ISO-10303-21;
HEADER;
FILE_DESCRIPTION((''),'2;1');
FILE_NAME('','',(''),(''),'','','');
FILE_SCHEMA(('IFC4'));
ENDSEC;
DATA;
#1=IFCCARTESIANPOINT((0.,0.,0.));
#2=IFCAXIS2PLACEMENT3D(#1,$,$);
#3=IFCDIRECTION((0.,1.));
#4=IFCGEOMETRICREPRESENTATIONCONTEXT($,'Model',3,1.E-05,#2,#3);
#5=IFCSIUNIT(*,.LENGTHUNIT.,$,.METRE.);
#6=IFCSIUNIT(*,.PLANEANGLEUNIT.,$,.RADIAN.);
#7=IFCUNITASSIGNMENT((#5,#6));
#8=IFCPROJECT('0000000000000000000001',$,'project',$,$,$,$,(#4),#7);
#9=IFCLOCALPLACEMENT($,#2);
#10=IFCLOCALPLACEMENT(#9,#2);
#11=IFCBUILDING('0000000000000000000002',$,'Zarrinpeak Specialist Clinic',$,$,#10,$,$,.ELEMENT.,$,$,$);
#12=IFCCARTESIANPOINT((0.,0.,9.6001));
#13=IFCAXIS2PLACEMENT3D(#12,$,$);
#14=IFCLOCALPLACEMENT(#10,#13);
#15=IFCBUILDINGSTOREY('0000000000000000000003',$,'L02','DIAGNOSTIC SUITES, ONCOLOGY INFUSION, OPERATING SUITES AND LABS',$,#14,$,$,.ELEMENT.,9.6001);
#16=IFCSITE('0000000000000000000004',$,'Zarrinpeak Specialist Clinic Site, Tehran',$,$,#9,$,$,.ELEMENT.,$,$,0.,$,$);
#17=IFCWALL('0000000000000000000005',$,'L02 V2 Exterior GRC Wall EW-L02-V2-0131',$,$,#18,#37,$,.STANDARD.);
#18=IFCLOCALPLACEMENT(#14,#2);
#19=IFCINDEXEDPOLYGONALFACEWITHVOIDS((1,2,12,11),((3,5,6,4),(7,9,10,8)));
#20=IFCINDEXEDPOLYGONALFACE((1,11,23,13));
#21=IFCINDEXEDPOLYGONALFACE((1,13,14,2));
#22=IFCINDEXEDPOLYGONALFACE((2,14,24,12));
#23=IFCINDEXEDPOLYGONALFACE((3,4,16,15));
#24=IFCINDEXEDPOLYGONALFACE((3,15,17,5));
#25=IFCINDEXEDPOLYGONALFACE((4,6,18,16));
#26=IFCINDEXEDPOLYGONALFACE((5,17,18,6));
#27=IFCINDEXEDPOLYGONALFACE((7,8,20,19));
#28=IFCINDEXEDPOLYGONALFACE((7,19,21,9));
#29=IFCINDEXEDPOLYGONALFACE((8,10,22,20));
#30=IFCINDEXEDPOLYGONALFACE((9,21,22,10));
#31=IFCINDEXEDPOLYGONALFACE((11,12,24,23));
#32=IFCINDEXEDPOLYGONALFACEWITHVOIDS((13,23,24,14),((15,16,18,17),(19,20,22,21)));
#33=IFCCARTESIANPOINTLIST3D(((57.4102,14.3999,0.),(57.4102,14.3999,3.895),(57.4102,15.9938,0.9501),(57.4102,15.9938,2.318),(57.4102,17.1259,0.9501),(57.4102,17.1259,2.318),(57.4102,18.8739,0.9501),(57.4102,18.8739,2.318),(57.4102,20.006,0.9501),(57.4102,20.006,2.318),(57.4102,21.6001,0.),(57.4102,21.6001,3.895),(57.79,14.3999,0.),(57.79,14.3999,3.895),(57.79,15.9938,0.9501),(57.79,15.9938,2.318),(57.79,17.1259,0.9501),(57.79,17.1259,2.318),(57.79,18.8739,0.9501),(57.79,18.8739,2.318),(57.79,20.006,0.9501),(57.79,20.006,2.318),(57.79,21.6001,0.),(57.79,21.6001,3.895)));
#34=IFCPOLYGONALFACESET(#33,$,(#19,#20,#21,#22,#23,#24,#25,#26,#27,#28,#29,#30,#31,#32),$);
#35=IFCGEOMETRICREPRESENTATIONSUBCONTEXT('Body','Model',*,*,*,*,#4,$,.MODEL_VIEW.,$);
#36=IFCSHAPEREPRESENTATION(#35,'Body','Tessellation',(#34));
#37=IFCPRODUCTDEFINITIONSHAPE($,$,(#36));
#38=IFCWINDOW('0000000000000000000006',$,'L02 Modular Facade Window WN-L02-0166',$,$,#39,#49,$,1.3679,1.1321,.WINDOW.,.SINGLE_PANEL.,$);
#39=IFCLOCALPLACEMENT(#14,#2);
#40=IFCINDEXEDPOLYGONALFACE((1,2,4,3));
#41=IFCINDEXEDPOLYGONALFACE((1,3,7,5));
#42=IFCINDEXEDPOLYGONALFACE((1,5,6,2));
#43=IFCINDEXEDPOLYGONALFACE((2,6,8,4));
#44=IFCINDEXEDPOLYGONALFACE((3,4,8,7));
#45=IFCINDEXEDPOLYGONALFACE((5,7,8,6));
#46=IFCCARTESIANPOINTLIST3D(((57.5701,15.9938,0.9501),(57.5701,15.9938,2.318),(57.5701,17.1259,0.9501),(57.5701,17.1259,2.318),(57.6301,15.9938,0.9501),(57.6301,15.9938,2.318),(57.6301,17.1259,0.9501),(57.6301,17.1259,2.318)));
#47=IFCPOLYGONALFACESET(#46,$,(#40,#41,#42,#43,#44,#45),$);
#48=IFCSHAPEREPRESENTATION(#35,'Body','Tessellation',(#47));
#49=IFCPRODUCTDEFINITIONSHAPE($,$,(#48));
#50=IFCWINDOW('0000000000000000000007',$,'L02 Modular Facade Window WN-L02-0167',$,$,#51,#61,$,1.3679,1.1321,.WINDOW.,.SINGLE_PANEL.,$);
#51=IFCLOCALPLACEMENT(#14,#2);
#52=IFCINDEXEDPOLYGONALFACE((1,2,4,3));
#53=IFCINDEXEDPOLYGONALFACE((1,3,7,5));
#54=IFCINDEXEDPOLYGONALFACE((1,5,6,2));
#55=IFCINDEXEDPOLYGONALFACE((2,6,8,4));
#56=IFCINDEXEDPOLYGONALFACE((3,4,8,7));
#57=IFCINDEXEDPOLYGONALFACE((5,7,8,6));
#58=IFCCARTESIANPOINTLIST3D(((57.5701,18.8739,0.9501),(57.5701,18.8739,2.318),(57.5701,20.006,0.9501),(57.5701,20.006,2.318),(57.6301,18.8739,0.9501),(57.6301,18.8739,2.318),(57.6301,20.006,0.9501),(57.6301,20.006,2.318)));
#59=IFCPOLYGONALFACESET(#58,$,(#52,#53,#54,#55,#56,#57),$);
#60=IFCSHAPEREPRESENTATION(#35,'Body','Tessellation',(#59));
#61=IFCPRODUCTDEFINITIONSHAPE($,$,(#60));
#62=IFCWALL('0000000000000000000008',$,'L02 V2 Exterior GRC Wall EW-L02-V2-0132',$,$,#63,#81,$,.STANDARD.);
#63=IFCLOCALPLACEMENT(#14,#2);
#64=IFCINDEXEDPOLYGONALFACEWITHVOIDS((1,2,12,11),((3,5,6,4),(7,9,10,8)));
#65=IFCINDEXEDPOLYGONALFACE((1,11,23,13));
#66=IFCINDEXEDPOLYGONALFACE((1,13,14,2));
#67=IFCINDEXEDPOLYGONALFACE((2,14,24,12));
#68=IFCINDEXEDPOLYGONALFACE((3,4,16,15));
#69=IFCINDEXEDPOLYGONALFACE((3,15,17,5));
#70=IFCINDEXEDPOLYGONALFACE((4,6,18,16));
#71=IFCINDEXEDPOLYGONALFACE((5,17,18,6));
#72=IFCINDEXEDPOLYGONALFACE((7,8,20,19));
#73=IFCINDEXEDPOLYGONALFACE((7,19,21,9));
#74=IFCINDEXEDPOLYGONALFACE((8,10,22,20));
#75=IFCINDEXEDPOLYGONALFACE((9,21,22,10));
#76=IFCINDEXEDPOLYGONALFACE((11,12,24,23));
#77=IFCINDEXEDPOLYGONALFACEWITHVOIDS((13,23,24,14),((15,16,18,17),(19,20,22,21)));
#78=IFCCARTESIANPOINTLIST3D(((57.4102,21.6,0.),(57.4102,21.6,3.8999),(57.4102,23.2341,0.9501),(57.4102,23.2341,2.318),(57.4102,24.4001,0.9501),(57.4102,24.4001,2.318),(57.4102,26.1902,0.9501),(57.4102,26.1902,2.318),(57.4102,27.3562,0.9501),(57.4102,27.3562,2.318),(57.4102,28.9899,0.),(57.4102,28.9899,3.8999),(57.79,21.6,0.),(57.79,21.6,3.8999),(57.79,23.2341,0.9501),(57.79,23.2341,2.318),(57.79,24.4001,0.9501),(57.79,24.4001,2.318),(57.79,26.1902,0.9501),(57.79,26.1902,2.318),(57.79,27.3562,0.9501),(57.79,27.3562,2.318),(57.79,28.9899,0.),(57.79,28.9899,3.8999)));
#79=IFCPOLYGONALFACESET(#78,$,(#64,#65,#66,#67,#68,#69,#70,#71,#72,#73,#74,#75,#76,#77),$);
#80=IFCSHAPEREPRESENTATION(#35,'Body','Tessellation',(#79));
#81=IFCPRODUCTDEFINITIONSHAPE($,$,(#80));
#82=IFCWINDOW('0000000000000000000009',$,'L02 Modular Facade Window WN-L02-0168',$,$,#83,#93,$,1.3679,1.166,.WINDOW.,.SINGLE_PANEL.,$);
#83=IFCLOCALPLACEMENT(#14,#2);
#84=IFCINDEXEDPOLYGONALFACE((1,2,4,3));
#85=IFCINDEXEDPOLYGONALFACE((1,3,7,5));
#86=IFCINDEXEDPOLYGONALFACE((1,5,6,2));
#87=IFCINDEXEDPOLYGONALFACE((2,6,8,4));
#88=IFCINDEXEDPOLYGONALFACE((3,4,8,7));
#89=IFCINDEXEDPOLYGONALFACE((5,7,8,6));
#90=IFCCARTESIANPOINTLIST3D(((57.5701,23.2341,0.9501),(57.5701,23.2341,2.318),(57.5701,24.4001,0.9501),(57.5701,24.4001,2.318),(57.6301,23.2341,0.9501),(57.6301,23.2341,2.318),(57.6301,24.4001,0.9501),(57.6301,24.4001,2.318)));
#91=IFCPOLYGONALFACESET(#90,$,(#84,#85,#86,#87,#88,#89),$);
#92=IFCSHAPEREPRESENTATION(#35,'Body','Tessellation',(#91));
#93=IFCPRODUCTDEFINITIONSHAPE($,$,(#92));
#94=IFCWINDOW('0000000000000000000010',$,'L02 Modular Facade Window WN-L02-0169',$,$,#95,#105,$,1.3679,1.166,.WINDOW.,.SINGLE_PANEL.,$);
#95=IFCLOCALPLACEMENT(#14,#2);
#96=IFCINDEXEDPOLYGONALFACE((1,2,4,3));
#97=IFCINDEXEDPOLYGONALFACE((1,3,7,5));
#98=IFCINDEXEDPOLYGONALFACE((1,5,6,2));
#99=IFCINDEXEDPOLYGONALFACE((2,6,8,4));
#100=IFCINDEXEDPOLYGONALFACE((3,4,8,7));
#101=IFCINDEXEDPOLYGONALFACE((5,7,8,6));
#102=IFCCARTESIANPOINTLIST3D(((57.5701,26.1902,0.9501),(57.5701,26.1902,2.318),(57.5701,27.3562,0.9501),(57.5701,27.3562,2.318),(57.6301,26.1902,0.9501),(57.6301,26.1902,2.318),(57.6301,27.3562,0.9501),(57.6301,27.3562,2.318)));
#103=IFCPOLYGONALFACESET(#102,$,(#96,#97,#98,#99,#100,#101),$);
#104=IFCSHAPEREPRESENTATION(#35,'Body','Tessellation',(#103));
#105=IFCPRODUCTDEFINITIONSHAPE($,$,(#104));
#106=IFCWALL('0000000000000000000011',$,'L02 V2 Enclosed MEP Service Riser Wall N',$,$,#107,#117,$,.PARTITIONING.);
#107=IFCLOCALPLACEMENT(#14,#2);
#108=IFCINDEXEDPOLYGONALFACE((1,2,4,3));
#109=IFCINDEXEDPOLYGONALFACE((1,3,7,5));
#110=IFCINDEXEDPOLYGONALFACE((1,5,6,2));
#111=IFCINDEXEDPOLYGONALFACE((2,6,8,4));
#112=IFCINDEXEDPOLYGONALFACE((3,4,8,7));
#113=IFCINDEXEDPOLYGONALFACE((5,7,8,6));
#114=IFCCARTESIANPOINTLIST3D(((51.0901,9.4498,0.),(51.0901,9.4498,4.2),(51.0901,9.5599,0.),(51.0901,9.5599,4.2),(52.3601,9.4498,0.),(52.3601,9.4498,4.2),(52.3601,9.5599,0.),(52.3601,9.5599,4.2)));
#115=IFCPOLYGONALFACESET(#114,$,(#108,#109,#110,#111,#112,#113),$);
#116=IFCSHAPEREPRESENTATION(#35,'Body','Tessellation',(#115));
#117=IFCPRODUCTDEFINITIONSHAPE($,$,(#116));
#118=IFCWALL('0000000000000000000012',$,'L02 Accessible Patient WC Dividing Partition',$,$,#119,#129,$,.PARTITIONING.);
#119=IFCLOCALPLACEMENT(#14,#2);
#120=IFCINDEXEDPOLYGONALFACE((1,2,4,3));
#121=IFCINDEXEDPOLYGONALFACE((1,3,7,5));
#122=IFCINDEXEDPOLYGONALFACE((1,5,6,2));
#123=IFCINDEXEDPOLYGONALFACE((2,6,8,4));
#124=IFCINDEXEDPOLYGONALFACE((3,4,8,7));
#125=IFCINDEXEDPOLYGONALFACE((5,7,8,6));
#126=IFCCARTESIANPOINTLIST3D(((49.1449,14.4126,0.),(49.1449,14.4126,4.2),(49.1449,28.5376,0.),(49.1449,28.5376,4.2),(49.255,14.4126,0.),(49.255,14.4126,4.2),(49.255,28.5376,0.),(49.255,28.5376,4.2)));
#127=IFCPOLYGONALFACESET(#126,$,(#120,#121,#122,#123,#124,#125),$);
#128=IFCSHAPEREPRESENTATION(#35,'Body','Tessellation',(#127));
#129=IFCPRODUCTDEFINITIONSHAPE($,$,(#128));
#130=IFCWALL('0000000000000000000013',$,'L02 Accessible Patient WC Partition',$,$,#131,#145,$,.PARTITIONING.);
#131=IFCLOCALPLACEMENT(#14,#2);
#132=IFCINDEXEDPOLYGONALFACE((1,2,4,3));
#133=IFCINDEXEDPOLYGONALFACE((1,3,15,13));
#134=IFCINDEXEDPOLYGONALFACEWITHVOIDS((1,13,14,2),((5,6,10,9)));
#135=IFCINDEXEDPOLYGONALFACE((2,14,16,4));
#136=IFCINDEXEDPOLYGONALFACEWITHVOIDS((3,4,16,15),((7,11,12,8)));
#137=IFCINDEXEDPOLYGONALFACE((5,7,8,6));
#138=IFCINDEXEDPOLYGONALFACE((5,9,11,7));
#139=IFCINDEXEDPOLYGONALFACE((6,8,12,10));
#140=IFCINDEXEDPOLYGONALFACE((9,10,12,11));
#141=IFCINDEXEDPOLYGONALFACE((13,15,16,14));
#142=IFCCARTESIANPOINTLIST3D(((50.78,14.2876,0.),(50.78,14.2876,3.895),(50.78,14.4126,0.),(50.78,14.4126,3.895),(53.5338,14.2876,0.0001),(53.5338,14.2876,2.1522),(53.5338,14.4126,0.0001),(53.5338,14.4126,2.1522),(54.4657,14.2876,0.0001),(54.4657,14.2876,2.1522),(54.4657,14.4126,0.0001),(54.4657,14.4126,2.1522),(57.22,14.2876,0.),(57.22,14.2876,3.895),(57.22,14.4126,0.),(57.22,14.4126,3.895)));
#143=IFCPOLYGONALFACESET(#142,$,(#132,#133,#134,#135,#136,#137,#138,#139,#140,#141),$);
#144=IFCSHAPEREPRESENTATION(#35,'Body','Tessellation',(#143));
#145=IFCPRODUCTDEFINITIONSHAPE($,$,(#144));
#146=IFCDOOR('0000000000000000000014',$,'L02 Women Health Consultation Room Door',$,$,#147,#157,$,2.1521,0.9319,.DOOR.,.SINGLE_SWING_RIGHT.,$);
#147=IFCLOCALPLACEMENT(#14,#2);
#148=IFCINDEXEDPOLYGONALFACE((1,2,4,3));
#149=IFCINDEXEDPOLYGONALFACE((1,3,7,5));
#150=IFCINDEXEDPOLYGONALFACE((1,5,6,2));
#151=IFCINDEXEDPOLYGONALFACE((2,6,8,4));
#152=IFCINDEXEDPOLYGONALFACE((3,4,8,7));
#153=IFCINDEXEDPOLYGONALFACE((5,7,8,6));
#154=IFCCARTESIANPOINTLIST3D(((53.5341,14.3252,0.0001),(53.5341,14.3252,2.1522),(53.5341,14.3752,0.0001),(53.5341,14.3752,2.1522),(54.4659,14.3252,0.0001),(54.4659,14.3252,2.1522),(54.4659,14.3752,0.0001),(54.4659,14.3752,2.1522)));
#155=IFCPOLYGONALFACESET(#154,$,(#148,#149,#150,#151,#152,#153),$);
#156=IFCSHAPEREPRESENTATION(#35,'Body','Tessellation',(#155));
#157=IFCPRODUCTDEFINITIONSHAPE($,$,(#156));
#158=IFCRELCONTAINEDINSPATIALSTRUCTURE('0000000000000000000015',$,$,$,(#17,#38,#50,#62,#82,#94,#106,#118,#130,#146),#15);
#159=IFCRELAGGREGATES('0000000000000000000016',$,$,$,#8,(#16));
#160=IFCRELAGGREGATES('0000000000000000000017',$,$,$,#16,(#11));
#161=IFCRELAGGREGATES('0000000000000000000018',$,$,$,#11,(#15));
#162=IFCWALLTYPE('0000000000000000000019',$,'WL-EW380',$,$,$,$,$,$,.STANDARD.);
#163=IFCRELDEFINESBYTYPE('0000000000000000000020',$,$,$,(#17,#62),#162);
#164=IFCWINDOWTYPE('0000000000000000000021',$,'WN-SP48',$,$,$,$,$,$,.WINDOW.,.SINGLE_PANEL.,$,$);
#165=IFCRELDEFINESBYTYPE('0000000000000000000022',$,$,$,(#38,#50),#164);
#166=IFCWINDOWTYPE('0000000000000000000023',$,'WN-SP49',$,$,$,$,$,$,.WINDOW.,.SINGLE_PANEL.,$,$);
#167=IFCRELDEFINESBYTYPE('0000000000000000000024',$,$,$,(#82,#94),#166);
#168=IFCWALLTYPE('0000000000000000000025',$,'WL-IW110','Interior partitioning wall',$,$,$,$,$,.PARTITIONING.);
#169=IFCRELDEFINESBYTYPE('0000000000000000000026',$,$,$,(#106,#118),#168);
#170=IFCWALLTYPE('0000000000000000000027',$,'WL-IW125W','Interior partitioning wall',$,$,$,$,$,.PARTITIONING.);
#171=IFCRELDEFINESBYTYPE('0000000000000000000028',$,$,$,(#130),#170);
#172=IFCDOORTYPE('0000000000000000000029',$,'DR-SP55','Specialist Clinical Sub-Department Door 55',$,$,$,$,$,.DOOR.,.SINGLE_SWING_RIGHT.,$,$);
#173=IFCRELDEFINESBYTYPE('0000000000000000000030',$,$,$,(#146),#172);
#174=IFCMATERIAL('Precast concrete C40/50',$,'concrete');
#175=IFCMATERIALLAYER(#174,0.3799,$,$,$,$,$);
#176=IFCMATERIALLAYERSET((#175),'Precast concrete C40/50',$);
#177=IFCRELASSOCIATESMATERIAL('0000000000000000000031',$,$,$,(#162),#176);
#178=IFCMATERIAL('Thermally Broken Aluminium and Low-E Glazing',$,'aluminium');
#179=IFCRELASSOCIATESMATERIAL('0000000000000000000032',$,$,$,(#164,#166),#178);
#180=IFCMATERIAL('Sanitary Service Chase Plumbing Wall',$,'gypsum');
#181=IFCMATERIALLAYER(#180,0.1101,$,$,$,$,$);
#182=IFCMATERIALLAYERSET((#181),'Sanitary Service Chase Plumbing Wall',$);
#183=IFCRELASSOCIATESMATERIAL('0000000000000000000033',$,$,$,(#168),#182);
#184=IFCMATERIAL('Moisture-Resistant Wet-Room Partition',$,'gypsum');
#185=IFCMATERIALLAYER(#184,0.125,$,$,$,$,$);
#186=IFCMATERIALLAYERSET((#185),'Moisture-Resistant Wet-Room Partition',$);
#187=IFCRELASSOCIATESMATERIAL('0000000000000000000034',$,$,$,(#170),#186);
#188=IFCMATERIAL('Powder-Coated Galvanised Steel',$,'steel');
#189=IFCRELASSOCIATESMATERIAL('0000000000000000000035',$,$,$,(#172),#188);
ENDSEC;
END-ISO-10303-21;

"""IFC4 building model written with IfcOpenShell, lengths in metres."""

from ifc_helpers import new_model, si_unit, direction, frame, frame_2d, origin, place, context, subcontext, project, spatial, rectangle, extrude, material, layer, layer_set, type_object, element, fill, save


model = new_model("IFC4")

# Units and contexts
model_context = context("Model", 3, precision=1e-05, world=origin(), true_north=direction((0.0, 1.0)))
body_context = subcontext(model_context, "Body", "Model", "MODEL_VIEW")
ifc_project = project(units=[si_unit("LENGTHUNIT", "METRE"), si_unit("PLANEANGLEUNIT", "RADIAN")], contexts=[model_context])

# Site, building, storey
site_placement = place(None, origin())
site = spatial("IfcSite", under=ifc_project, at=site_placement, Name="Zarrinpeak Specialist Clinic Site, Tehran", CompositionType="ELEMENT", RefElevation=0.0)
building_placement = place(site_placement, origin())
building = spatial("IfcBuilding", under=site, at=building_placement, Name="Zarrinpeak Specialist Clinic", CompositionType="ELEMENT")
storey_placement = place(building_placement, frame((0.0, 0.0, 9.6001)))
storey = spatial("IfcBuildingStorey", under=building, at=storey_placement, Name="L02", Description="DIAGNOSTIC SUITES, ONCOLOGY INFUSION, OPERATING SUITES AND LABS", CompositionType="ELEMENT", Elevation=9.6001)

# Walls, openings, windows
ifc_material_1 = material(Name="Precast concrete C40/50", Category="concrete")
ifc_layer_1 = layer(ifc_material_1, 0.3799)
ifc_layer_set_1 = layer_set([ifc_layer_1], Name="Precast concrete C40/50")
wall_type_1 = type_object("IfcWallType", Name="WL-EW380", PredefinedType="STANDARD", material=ifc_layer_set_1)
wall_1_placement = place(storey_placement, frame((57.6001, 14.3999, 0.0), z_axis=(0.0, 0.0, 1.0), x_axis=(0.0, 1.0, 0.0)))
wall_1 = element("IfcWall", 1, at=wall_1_placement, inside=storey, type_object=wall_type_1, Name="L02 V2 Exterior GRC Wall EW-L02-V2-0131", PredefinedType="STANDARD", context=body_context, shape_type="SweptSolid", body=[
    extrude(rectangle(XDim=7.2002, YDim=0.3799, at=frame_2d((3.6001, 0.0))), origin(), (0.0, 0.0, 1.0), 3.895),
])
opening_1_placement = place(wall_1_placement, frame((1.594, 0.0, 0.95)))
opening_1 = element("IfcOpeningElement", 2, at=opening_1_placement, cuts=wall_1, PredefinedType="OPENING", context=body_context, shape_type="SweptSolid", body=[
    extrude(rectangle(XDim=1.1321, YDim=1.3679, at=frame_2d((0.5659, 0.6841))), frame((0.0, 0.2, 0.0), z_axis=(0.0, -1.0, 0.0), x_axis=(1.0, 0.0, 0.0)), (0.0, 0.0, 1.0), 0.3999),
])
opening_2_placement = place(wall_1_placement, frame((4.4741, 0.0, 0.95)))
opening_2 = element("IfcOpeningElement", 3, at=opening_2_placement, cuts=wall_1, PredefinedType="OPENING", context=body_context, shape_type="SweptSolid", body=[
    extrude(rectangle(XDim=1.1321, YDim=1.3679, at=frame_2d((0.5659, 0.6841))), frame((0.0, 0.2, 0.0), z_axis=(0.0, -1.0, 0.0), x_axis=(1.0, 0.0, 0.0)), (0.0, 0.0, 1.0), 0.3999),
])
ifc_material_2 = material(Name="Thermally Broken Aluminium and Low-E Glazing", Category="aluminium")
window_type_1 = type_object("IfcWindowType", Name="WN-SP48", PartitioningType="SINGLE_PANEL", PredefinedType="WINDOW", material=ifc_material_2)
window_1_placement = place(opening_1_placement, origin())
window_1 = element("IfcWindow", 4, at=window_1_placement, inside=storey, type_object=window_type_1, Name="L02 Modular Facade Window WN-L02-0166", OverallHeight=1.3679, OverallWidth=1.1321, PartitioningType="SINGLE_PANEL", PredefinedType="WINDOW", context=body_context, shape_type="SweptSolid", body=[
    extrude(rectangle(XDim=1.1321, YDim=1.3679, at=frame_2d((0.5659, 0.6841))), frame((0.0, 0.03, 0.0), z_axis=(0.0, -1.0, 0.0), x_axis=(1.0, 0.0, 0.0)), (0.0, 0.0, 1.0), 0.0601),
])
fill(opening_1, window_1)
window_2_placement = place(opening_2_placement, origin())
window_2 = element("IfcWindow", 5, at=window_2_placement, inside=storey, type_object=window_type_1, Name="L02 Modular Facade Window WN-L02-0167", OverallHeight=1.3679, OverallWidth=1.1321, PartitioningType="SINGLE_PANEL", PredefinedType="WINDOW", context=body_context, shape_type="SweptSolid", body=[
    extrude(rectangle(XDim=1.1321, YDim=1.3679, at=frame_2d((0.5659, 0.6841))), frame((0.0, 0.03, 0.0), z_axis=(0.0, -1.0, 0.0), x_axis=(1.0, 0.0, 0.0)), (0.0, 0.0, 1.0), 0.0601),
])
fill(opening_2, window_2)
wall_2_placement = place(storey_placement, frame((57.6001, 21.6001, 0.0), z_axis=(0.0, 0.0, 1.0), x_axis=(0.0, 1.0, 0.0)))
wall_2 = element("IfcWall", 6, at=wall_2_placement, inside=storey, type_object=wall_type_1, Name="L02 V2 Exterior GRC Wall EW-L02-V2-0132", PredefinedType="STANDARD", context=body_context, shape_type="SweptSolid", body=[
    extrude(rectangle(XDim=7.3899, YDim=0.3799, at=frame_2d((3.6948, 0.0))), origin(), (0.0, 0.0, 1.0), 3.8999),
])
opening_3_placement = place(wall_2_placement, frame((1.634, 0.0, 0.95)))
opening_3 = element("IfcOpeningElement", 7, at=opening_3_placement, cuts=wall_2, PredefinedType="OPENING", context=body_context, shape_type="SweptSolid", body=[
    extrude(rectangle(XDim=1.166, YDim=1.3679, at=frame_2d((0.583, 0.6841))), frame((0.0, 0.2, 0.0), z_axis=(0.0, -1.0, 0.0), x_axis=(1.0, 0.0, 0.0)), (0.0, 0.0, 1.0), 0.3999),
])
opening_4_placement = place(wall_2_placement, frame((4.5901, 0.0, 0.95)))
opening_4 = element("IfcOpeningElement", 8, at=opening_4_placement, cuts=wall_2, PredefinedType="OPENING", context=body_context, shape_type="SweptSolid", body=[
    extrude(rectangle(XDim=1.166, YDim=1.3679, at=frame_2d((0.583, 0.6841))), frame((0.0, 0.2, 0.0), z_axis=(0.0, -1.0, 0.0), x_axis=(1.0, 0.0, 0.0)), (0.0, 0.0, 1.0), 0.3999),
])
window_type_2 = type_object("IfcWindowType", Name="WN-SP49", PartitioningType="SINGLE_PANEL", PredefinedType="WINDOW", material=ifc_material_2)
window_3_placement = place(opening_3_placement, origin())
window_3 = element("IfcWindow", 9, at=window_3_placement, inside=storey, type_object=window_type_2, Name="L02 Modular Facade Window WN-L02-0168", OverallHeight=1.3679, OverallWidth=1.166, PartitioningType="SINGLE_PANEL", PredefinedType="WINDOW", context=body_context, shape_type="SweptSolid", body=[
    extrude(rectangle(XDim=1.166, YDim=1.3679, at=frame_2d((0.583, 0.6841))), frame((0.0, 0.03, 0.0), z_axis=(0.0, -1.0, 0.0), x_axis=(1.0, 0.0, 0.0)), (0.0, 0.0, 1.0), 0.0601),
])
fill(opening_3, window_3)
window_4_placement = place(opening_4_placement, origin())
window_4 = element("IfcWindow", 10, at=window_4_placement, inside=storey, type_object=window_type_2, Name="L02 Modular Facade Window WN-L02-0169", OverallHeight=1.3679, OverallWidth=1.166, PartitioningType="SINGLE_PANEL", PredefinedType="WINDOW", context=body_context, shape_type="SweptSolid", body=[
    extrude(rectangle(XDim=1.166, YDim=1.3679, at=frame_2d((0.583, 0.6841))), frame((0.0, 0.03, 0.0), z_axis=(0.0, -1.0, 0.0), x_axis=(1.0, 0.0, 0.0)), (0.0, 0.0, 1.0), 0.0601),
])
fill(opening_4, window_4)

# Walls
ifc_material_3 = material(Name="Sanitary Service Chase Plumbing Wall", Category="gypsum")
ifc_layer_2 = layer(ifc_material_3, 0.1101)
ifc_layer_set_2 = layer_set([ifc_layer_2], Name="Sanitary Service Chase Plumbing Wall")
wall_type_2 = type_object("IfcWallType", Name="WL-IW110", Description="Interior partitioning wall", PredefinedType="PARTITIONING", material=ifc_layer_set_2)
wall_3_placement = place(storey_placement, frame((51.0901, 9.5049, 0.0), z_axis=(0.0, 0.0, 1.0), x_axis=(1.0, 0.0, 0.0)))
element("IfcWall", 11, at=wall_3_placement, inside=storey, type_object=wall_type_2, Name="L02 V2 Enclosed MEP Service Riser Wall N", PredefinedType="PARTITIONING", context=body_context, shape_type="SweptSolid", body=[
    extrude(rectangle(XDim=1.27, YDim=0.1101, at=frame_2d((0.635, 0.0))), origin(), (0.0, 0.0, 1.0), 4.2),
])
wall_4_placement = place(storey_placement, frame((49.2, 14.4126, 0.0), z_axis=(0.0, 0.0, 1.0), x_axis=(0.0, 1.0, 0.0)))
element("IfcWall", 12, at=wall_4_placement, inside=storey, type_object=wall_type_2, Name="L02 Accessible Patient WC Dividing Partition", PredefinedType="PARTITIONING", context=body_context, shape_type="SweptSolid", body=[
    extrude(rectangle(XDim=14.125, YDim=0.1101, at=frame_2d((7.0625, 0.0))), origin(), (0.0, 0.0, 1.0), 4.2),
])

# Wall, opening, door
ifc_material_4 = material(Name="Moisture-Resistant Wet-Room Partition", Category="gypsum")
ifc_layer_3 = layer(ifc_material_4, 0.125)
ifc_layer_set_3 = layer_set([ifc_layer_3], Name="Moisture-Resistant Wet-Room Partition")
wall_type_3 = type_object("IfcWallType", Name="WL-IW125W", Description="Interior partitioning wall", PredefinedType="PARTITIONING", material=ifc_layer_set_3)
wall_5_placement = place(storey_placement, frame((50.78, 14.3501, 0.0), z_axis=(0.0, 0.0, 1.0), x_axis=(1.0, 0.0, 0.0)))
wall_5 = element("IfcWall", 13, at=wall_5_placement, inside=storey, type_object=wall_type_3, Name="L02 Accessible Patient WC Partition", PredefinedType="PARTITIONING", context=body_context, shape_type="SweptSolid", body=[
    extrude(rectangle(XDim=6.4399, YDim=0.125, at=frame_2d((3.22, 0.0))), origin(), (0.0, 0.0, 1.0), 3.895),
])
opening_5_placement = place(wall_5_placement, frame((2.7539, 0.0, 0.0)))
opening_5 = element("IfcOpeningElement", 14, at=opening_5_placement, cuts=wall_5, PredefinedType="OPENING", context=body_context, shape_type="SweptSolid", body=[
    extrude(rectangle(XDim=0.9319, YDim=2.1521, at=frame_2d((0.4658, 1.0762))), frame((0.0, 0.0725, 0.0), z_axis=(0.0, -1.0, 0.0), x_axis=(1.0, 0.0, 0.0)), (0.0, 0.0, 1.0), 0.145),
])
ifc_material_5 = material(Name="Powder-Coated Galvanised Steel", Category="steel")
door_type_1 = type_object("IfcDoorType", Name="DR-SP55", Description="Specialist Clinical Sub-Department Door 55", OperationType="SINGLE_SWING_RIGHT", PredefinedType="DOOR", material=ifc_material_5)
door_1_placement = place(opening_5_placement, frame((0.9319, 0.0, 0.0), z_axis=(0.0, 0.0, 1.0), x_axis=(-1.0, 0.0, 0.0)))
door_1 = element("IfcDoor", 15, at=door_1_placement, inside=storey, type_object=door_type_1, Name="L02 Women Health Consultation Room Door", OperationType="SINGLE_SWING_RIGHT", OverallHeight=2.1521, OverallWidth=0.9319, PredefinedType="DOOR", context=body_context, shape_type="SweptSolid", body=[
    extrude(rectangle(XDim=0.9319, YDim=2.1521, at=frame_2d((0.4658, 1.0762))), frame((0.0, 0.0249, 0.0), z_axis=(0.0, -1.0, 0.0), x_axis=(1.0, 0.0, 0.0)), (0.0, 0.0, 1.0), 0.05),
])
fill(opening_5, door_1)

save(model, "model.ifc")
